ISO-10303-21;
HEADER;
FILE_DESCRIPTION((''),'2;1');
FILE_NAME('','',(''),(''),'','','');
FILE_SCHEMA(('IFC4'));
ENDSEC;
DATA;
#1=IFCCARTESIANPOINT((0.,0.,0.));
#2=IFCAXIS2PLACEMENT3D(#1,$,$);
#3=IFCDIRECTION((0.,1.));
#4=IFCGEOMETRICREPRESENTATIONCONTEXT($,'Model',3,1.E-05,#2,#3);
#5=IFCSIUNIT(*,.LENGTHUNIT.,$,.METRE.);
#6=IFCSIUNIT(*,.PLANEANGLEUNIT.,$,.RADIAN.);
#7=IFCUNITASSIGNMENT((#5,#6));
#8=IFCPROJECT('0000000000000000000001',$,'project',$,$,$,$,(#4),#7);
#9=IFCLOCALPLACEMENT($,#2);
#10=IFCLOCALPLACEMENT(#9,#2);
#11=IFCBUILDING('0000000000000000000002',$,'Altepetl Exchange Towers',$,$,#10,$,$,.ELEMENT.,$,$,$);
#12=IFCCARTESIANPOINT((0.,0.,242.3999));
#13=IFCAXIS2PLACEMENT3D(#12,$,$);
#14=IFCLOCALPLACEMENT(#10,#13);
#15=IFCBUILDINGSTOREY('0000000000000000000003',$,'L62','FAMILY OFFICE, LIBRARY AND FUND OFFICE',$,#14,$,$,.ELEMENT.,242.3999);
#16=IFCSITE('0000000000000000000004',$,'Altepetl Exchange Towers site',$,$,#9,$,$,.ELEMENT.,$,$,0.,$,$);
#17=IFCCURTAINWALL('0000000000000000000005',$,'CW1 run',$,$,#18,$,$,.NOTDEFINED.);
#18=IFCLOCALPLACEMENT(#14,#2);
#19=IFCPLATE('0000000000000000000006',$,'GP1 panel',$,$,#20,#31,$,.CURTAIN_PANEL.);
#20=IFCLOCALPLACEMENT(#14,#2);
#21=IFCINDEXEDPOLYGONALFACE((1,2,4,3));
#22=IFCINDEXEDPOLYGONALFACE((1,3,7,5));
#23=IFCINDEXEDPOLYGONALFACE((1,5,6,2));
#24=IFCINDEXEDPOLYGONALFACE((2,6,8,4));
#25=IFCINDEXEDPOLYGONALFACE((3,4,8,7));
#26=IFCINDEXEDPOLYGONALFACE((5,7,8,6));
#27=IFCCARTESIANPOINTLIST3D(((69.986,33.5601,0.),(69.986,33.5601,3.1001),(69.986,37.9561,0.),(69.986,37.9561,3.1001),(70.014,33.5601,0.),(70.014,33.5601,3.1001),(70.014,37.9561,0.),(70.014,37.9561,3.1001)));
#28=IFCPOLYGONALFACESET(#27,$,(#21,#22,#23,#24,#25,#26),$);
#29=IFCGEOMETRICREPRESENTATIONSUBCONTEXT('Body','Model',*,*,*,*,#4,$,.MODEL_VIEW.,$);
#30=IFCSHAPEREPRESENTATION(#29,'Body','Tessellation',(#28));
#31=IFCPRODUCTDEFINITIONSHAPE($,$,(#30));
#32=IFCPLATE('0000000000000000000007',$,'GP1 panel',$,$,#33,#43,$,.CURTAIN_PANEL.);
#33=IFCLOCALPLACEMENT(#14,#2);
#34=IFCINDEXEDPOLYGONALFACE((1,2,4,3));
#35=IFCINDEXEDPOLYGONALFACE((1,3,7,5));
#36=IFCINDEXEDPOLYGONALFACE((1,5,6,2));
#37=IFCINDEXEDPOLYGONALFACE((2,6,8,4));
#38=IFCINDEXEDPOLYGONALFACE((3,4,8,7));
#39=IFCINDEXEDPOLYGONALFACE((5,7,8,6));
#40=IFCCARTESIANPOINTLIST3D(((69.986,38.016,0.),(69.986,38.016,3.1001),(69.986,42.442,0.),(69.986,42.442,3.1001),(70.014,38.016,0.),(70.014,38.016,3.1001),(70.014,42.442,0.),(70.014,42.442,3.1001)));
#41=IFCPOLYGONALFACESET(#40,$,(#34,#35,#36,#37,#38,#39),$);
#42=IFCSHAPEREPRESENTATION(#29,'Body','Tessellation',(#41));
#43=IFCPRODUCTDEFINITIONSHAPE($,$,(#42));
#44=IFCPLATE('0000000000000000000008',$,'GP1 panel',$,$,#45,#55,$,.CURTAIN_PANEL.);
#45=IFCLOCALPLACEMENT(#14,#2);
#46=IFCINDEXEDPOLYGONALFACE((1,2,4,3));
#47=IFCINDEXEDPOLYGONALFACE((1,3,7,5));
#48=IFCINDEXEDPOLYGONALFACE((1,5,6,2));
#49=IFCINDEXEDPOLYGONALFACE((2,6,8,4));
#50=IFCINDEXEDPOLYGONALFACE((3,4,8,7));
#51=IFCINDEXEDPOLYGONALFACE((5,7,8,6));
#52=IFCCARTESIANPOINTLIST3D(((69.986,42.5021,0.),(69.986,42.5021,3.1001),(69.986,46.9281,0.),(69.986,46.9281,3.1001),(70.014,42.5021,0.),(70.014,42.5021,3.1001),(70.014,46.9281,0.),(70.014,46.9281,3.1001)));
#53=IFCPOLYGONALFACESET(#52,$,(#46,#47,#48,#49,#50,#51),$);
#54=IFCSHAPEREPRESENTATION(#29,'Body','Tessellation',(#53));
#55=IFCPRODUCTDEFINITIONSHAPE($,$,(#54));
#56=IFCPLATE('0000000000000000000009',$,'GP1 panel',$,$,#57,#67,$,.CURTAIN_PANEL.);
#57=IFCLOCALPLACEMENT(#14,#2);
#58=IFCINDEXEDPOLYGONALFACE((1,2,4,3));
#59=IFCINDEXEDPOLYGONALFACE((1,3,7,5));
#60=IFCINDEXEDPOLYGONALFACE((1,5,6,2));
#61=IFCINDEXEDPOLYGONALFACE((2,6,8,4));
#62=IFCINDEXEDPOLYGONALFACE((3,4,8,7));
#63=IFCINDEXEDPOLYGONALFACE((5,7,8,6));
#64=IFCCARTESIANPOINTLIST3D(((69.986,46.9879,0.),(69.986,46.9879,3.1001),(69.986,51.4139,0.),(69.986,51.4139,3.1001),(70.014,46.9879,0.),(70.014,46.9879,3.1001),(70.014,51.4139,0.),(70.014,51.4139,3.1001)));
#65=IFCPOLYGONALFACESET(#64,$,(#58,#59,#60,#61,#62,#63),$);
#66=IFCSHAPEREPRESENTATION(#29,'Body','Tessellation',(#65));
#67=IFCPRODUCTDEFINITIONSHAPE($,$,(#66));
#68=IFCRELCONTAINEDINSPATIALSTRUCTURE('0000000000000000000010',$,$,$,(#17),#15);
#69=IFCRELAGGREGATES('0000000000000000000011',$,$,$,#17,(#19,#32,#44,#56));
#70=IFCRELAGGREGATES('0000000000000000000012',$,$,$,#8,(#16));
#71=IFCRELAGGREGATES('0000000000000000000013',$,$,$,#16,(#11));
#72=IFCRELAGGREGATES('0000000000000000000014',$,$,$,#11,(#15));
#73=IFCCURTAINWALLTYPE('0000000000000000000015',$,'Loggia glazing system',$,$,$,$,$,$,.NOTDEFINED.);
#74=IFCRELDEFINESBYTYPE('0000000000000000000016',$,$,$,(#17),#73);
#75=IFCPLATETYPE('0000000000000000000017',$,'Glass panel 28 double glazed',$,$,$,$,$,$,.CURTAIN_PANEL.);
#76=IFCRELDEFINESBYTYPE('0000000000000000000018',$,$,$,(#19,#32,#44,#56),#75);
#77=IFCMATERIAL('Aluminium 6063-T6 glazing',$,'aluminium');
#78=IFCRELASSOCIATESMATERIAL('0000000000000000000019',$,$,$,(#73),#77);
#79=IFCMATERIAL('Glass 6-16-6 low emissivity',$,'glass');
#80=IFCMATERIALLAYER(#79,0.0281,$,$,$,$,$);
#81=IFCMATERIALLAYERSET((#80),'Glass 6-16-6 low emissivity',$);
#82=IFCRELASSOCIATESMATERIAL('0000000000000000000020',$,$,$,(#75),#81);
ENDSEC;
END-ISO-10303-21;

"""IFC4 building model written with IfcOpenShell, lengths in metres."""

from ifc_helpers import new_model, si_unit, direction, frame, origin, origin_2d, place, context, subcontext, project, spatial, rectangle, extrude, material, layer, layer_set, type_object, element, aggregate, save


model = new_model("IFC4")

# Units and contexts
model_context = context("Model", 3, precision=1e-05, world=origin(), true_north=direction((0.0, 1.0)))
body_context = subcontext(model_context, "Body", "Model", "MODEL_VIEW")
ifc_project = project(units=[si_unit("LENGTHUNIT", "METRE"), si_unit("PLANEANGLEUNIT", "RADIAN")], contexts=[model_context])

# Site, building, storey
site_placement = place(None, origin())
site = spatial("IfcSite", under=ifc_project, at=site_placement, Name="Altepetl Exchange Towers site", CompositionType="ELEMENT", RefElevation=0.0)
building_placement = place(site_placement, origin())
building = spatial("IfcBuilding", under=site, at=building_placement, Name="Altepetl Exchange Towers", CompositionType="ELEMENT")
storey_placement = place(building_placement, frame((0.0, 0.0, 242.3999)))
storey = spatial("IfcBuildingStorey", under=building, at=storey_placement, Name="L62", Description="FAMILY OFFICE, LIBRARY AND FUND OFFICE", CompositionType="ELEMENT", Elevation=242.3999)

# Curtain wall
ifc_material_1 = material(Name="Aluminium 6063-T6 glazing", Category="aluminium")
curtain_wall_type = type_object("IfcCurtainWallType", Name="Loggia glazing system", PredefinedType="NOTDEFINED", material=ifc_material_1)
curtain_wall_1_placement = place(storey_placement, origin())
curtain_wall_1 = element("IfcCurtainWall", 1, at=curtain_wall_1_placement, inside=storey, type_object=curtain_wall_type, Name="CW1 run", PredefinedType="NOTDEFINED")

# Plates
ifc_material_2 = material(Name="Glass 6-16-6 low emissivity", Category="glass")
ifc_layer = layer(ifc_material_2, 0.0281)
ifc_layer_set = layer_set([ifc_layer], Name="Glass 6-16-6 low emissivity")
plate_type = type_object("IfcPlateType", Name="Glass panel 28 double glazed", PredefinedType="CURTAIN_PANEL", material=ifc_layer_set)
plate_1_placement = place(storey_placement, frame((70.0, 35.7581, 0.0), z_axis=(0.0, 0.0, 1.0), x_axis=(0.0, 1.0, 0.0)))
plate_1 = element("IfcPlate", 2, at=plate_1_placement, type_object=plate_type, Name="GP1 panel", PredefinedType="CURTAIN_PANEL", context=body_context, shape_type="SweptSolid", body=[
    extrude(rectangle(XDim=4.396, YDim=0.0281, at=origin_2d()), origin(), (0.0, 0.0, 1.0), 3.1001),
])
plate_2_placement = place(storey_placement, frame((70.0, 40.229, 0.0), z_axis=(0.0, 0.0, 1.0), x_axis=(0.0, 1.0, 0.0)))
plate_2 = element("IfcPlate", 3, at=plate_2_placement, type_object=plate_type, Name="GP1 panel", PredefinedType="CURTAIN_PANEL", context=body_context, shape_type="SweptSolid", body=[
    extrude(rectangle(XDim=4.426, YDim=0.0281, at=origin_2d()), origin(), (0.0, 0.0, 1.0), 3.1001),
])
plate_3_placement = place(storey_placement, frame((70.0, 44.7151, 0.0), z_axis=(0.0, 0.0, 1.0), x_axis=(0.0, 1.0, 0.0)))
plate_3 = element("IfcPlate", 4, at=plate_3_placement, type_object=plate_type, Name="GP1 panel", PredefinedType="CURTAIN_PANEL", context=body_context, shape_type="SweptSolid", body=[
    extrude(rectangle(XDim=4.426, YDim=0.0281, at=origin_2d()), origin(), (0.0, 0.0, 1.0), 3.1001),
])
plate_4_placement = place(storey_placement, frame((70.0, 49.2009, 0.0), z_axis=(0.0, 0.0, 1.0), x_axis=(0.0, 1.0, 0.0)))
plate_4 = element("IfcPlate", 5, at=plate_4_placement, type_object=plate_type, Name="GP1 panel", PredefinedType="CURTAIN_PANEL", context=body_context, shape_type="SweptSolid", body=[
    extrude(rectangle(XDim=4.426, YDim=0.0281, at=origin_2d()), origin(), (0.0, 0.0, 1.0), 3.1001),
])
aggregate(curtain_wall_1, [plate_1, plate_2, plate_3, plate_4])

save(model, "model.ifc")
